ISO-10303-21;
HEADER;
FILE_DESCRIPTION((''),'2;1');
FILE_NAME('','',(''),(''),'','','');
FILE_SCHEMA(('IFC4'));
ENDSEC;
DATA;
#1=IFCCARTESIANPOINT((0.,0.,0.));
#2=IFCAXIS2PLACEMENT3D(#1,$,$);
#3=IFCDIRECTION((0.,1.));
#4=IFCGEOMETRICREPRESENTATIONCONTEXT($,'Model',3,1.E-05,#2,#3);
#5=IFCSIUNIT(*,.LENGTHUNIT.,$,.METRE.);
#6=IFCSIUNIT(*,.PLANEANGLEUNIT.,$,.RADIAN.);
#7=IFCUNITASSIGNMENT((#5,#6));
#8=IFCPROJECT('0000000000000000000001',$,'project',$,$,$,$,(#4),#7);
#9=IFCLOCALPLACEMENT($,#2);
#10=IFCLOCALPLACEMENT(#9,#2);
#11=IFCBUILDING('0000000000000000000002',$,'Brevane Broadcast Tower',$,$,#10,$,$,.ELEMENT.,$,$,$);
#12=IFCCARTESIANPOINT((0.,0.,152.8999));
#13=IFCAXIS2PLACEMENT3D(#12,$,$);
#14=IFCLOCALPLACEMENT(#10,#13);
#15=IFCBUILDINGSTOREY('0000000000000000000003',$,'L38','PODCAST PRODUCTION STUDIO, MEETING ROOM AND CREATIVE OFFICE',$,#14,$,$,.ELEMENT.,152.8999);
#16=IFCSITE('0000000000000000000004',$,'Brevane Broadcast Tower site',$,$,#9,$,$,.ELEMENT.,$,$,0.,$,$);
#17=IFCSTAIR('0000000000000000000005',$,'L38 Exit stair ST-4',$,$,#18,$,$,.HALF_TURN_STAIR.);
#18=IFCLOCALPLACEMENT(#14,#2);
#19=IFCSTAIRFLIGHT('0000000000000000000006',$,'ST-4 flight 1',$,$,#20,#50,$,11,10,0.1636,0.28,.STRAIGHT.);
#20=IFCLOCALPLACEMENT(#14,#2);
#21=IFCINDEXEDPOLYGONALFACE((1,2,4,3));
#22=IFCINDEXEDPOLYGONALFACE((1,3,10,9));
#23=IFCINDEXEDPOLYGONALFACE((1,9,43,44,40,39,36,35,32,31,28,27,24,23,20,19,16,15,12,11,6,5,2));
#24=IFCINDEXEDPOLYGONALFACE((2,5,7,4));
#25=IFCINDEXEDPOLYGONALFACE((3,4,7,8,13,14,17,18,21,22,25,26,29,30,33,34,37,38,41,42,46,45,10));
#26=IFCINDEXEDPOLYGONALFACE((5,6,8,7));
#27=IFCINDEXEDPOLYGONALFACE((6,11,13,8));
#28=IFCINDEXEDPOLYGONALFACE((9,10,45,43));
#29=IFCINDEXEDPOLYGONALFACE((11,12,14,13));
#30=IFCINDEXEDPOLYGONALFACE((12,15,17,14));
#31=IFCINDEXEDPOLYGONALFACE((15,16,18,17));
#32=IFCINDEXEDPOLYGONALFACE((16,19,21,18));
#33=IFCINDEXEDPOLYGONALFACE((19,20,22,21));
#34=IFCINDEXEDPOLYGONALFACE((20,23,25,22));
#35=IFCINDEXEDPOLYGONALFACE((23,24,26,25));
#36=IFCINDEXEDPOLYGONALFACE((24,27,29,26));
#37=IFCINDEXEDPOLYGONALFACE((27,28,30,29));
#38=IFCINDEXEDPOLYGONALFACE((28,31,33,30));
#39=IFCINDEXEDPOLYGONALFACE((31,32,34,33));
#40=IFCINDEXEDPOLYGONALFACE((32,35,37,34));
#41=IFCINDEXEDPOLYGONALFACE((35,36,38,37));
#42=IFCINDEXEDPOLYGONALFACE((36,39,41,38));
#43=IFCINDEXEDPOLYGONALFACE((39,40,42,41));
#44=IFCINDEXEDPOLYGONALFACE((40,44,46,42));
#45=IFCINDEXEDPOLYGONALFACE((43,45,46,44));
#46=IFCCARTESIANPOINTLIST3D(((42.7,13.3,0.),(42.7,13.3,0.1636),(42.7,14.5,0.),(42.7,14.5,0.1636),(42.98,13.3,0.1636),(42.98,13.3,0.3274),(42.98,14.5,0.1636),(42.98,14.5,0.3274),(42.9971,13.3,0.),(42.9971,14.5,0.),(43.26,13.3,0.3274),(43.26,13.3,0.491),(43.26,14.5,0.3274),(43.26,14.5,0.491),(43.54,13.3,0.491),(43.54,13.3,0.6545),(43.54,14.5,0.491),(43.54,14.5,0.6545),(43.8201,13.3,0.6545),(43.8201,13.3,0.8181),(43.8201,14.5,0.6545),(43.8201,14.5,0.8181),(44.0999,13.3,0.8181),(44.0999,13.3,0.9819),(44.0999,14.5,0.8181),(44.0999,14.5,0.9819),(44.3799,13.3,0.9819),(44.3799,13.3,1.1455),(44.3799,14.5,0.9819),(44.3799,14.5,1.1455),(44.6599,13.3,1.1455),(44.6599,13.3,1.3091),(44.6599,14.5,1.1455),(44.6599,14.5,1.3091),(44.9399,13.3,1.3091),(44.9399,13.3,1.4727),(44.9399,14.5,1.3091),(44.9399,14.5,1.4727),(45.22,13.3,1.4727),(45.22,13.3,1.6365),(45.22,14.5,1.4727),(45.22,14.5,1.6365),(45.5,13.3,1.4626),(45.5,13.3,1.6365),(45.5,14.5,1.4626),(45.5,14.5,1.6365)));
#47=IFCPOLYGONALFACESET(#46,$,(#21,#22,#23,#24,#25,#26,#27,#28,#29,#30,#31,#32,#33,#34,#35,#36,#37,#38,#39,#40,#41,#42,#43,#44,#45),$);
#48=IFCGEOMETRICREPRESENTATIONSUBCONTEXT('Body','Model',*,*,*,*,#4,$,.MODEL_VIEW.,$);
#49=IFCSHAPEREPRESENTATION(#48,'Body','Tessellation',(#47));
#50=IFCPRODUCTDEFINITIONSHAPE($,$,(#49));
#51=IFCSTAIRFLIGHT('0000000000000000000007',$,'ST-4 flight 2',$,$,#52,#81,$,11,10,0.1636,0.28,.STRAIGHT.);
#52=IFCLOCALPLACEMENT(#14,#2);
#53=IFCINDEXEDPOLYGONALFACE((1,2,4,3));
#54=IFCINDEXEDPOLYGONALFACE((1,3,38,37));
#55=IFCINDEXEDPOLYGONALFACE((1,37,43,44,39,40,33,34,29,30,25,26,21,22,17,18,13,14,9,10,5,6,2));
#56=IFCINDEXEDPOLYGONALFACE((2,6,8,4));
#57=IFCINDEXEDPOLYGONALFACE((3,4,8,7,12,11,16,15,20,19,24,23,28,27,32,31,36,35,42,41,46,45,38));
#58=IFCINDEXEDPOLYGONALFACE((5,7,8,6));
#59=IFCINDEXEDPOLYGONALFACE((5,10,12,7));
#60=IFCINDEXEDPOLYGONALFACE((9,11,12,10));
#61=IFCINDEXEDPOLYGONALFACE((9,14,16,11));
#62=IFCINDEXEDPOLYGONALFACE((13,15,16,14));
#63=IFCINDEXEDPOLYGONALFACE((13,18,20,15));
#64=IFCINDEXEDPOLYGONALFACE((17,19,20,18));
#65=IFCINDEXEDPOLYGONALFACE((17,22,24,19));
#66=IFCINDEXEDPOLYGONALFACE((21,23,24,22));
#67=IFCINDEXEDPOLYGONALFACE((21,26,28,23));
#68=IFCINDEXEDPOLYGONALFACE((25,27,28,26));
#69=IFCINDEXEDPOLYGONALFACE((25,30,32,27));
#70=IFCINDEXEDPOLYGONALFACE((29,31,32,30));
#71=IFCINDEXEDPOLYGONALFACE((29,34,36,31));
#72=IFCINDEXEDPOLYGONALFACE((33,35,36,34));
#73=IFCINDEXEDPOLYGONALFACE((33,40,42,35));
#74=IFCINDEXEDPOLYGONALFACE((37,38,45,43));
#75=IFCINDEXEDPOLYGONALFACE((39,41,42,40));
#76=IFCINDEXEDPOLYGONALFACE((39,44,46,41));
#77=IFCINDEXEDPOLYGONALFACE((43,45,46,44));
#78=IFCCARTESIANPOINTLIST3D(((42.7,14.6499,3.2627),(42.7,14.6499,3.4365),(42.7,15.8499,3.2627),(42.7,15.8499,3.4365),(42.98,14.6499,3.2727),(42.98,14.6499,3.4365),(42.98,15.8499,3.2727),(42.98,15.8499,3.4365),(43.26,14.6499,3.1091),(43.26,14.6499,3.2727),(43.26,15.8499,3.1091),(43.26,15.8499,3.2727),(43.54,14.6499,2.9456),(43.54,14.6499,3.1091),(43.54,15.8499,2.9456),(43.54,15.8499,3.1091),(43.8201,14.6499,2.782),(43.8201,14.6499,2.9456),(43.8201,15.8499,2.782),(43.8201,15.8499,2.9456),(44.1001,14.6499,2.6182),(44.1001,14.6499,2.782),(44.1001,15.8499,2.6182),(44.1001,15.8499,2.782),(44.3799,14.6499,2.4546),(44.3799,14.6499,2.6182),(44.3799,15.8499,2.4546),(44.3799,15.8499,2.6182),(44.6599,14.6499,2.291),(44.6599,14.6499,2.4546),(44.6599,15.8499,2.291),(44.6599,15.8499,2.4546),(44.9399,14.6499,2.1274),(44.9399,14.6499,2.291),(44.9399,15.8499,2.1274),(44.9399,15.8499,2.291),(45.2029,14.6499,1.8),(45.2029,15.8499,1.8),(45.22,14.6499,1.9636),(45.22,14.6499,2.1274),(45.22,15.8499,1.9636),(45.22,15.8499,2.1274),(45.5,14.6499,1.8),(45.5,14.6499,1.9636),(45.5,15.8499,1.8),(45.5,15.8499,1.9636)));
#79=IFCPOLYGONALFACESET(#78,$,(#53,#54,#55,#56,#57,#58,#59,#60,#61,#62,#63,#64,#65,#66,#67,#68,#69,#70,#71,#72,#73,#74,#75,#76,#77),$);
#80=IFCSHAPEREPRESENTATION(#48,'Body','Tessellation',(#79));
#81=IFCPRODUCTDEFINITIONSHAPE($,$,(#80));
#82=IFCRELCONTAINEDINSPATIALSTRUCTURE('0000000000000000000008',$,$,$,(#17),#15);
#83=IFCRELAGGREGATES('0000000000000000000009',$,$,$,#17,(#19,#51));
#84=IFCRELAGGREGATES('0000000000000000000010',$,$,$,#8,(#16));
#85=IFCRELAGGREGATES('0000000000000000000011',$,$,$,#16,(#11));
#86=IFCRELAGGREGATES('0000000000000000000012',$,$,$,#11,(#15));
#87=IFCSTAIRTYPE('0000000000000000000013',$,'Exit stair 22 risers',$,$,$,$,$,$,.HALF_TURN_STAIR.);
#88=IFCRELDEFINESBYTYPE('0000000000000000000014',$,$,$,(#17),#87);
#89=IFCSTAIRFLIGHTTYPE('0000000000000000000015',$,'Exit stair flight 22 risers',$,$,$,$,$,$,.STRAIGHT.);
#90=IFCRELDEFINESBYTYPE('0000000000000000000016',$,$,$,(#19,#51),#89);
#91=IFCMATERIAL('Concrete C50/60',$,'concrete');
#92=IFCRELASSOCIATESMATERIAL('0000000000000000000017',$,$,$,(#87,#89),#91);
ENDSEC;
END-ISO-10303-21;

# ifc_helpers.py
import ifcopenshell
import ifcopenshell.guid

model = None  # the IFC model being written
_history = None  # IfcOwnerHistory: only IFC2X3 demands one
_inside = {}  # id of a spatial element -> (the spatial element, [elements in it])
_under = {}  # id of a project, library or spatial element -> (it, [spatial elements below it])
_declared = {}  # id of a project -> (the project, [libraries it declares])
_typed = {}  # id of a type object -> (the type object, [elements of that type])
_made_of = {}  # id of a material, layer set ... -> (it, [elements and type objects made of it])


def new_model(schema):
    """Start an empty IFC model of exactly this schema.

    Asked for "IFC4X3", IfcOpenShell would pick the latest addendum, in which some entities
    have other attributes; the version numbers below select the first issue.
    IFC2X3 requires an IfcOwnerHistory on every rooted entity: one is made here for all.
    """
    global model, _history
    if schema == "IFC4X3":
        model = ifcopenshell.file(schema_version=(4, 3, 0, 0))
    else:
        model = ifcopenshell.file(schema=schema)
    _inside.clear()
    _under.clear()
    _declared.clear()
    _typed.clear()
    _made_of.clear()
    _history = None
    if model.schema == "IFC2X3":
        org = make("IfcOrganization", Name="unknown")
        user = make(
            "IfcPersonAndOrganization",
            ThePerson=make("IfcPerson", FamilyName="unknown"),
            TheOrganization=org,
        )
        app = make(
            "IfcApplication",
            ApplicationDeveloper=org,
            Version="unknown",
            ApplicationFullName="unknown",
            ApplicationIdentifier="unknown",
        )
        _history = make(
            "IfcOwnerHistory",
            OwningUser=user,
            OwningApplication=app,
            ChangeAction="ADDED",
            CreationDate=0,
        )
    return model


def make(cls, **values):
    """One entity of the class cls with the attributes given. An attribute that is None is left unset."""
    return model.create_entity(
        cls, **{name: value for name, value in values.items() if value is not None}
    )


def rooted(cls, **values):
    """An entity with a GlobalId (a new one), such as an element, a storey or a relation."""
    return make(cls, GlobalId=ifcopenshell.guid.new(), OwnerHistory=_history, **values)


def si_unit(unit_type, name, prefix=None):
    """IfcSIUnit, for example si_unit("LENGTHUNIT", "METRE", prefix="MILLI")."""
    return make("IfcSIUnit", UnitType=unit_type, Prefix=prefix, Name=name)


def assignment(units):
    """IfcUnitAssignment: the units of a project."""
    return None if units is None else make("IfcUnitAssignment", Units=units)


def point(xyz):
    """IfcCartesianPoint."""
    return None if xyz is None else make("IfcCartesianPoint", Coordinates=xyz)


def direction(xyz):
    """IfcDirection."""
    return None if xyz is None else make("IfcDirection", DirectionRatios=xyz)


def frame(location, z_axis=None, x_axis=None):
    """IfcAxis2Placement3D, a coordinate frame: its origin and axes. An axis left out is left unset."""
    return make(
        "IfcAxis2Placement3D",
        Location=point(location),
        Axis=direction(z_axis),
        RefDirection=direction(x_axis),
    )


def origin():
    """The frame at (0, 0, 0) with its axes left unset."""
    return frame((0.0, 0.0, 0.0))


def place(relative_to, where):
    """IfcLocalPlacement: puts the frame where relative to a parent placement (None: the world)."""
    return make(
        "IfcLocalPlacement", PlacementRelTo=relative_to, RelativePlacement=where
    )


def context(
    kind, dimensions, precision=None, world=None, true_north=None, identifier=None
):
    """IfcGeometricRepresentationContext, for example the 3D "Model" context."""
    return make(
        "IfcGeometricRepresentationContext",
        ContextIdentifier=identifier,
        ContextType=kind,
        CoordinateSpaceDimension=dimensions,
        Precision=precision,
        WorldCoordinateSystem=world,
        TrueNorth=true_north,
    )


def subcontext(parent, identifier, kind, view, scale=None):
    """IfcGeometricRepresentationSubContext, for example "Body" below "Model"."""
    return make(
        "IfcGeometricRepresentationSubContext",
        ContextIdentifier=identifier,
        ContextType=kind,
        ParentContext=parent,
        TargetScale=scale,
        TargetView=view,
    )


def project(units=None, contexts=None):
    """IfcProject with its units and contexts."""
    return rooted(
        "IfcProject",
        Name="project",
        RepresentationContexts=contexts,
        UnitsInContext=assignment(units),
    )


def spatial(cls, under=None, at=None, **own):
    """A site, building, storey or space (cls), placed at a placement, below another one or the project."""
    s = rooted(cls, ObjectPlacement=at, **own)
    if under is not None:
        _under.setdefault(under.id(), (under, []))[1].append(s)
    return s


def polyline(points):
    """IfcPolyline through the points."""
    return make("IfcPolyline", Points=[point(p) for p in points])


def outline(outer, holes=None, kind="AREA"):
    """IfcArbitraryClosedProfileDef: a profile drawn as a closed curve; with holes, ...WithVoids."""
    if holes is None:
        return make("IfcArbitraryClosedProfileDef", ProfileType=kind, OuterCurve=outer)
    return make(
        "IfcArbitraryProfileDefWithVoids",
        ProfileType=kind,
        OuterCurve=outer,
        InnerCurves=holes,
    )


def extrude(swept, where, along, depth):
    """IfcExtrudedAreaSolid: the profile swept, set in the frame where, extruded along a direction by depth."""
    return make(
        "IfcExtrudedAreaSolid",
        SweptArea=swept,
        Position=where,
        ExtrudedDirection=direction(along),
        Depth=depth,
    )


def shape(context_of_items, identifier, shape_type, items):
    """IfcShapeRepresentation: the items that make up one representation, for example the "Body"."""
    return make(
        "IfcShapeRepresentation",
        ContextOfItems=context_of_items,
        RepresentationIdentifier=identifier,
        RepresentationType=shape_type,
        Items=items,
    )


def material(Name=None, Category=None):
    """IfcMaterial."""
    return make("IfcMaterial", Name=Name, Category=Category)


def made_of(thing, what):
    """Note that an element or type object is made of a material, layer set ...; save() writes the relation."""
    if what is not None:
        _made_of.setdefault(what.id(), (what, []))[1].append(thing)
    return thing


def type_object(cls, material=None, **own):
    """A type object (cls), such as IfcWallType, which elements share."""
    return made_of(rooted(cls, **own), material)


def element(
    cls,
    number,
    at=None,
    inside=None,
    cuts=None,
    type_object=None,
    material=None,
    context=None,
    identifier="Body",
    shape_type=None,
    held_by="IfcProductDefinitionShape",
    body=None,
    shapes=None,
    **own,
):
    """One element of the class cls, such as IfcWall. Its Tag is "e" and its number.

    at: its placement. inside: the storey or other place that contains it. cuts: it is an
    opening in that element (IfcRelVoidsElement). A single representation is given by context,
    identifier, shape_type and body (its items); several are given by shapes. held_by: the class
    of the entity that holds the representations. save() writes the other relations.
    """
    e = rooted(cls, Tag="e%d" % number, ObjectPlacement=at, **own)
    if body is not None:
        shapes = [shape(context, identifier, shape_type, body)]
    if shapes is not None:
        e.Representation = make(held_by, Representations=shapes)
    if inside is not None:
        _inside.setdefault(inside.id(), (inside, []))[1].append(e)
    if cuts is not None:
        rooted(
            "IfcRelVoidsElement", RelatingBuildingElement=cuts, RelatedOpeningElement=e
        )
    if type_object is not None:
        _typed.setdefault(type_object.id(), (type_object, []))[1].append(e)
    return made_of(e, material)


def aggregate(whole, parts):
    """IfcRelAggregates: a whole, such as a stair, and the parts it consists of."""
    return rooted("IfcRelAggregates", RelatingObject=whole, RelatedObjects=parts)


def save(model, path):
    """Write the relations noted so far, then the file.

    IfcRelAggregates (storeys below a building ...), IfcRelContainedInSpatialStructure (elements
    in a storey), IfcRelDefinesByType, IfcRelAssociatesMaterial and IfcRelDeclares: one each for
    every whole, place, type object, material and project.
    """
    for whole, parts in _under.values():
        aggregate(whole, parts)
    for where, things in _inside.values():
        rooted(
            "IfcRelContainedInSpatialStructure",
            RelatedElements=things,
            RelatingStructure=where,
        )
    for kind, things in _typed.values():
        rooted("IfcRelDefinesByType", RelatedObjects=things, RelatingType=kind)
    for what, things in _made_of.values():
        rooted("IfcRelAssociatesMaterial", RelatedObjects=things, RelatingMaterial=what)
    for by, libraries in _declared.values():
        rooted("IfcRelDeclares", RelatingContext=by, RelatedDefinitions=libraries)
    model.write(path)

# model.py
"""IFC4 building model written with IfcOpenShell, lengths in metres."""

from ifc_helpers import new_model, si_unit, direction, frame, origin, place, context, subcontext, project, spatial, polyline, outline, extrude, material, type_object, element, aggregate, save


model = new_model("IFC4")

# Units and contexts
model_context = context("Model", 3, precision=1e-05, world=origin(), true_north=direction((0.0, 1.0)))
body_context = subcontext(model_context, "Body", "Model", "MODEL_VIEW")
ifc_project = project(units=[si_unit("LENGTHUNIT", "METRE"), si_unit("PLANEANGLEUNIT", "RADIAN")], contexts=[model_context])

# Site, building, storey
site_placement = place(None, origin())
site = spatial("IfcSite", under=ifc_project, at=site_placement, Name="Brevane Broadcast Tower site", CompositionType="ELEMENT", RefElevation=0.0)
building_placement = place(site_placement, origin())
building = spatial("IfcBuilding", under=site, at=building_placement, Name="Brevane Broadcast Tower", CompositionType="ELEMENT")
storey_placement = place(building_placement, frame((0.0, 0.0, 152.8999)))
storey = spatial("IfcBuildingStorey", under=building, at=storey_placement, Name="L38", Description="PODCAST PRODUCTION STUDIO, MEETING ROOM AND CREATIVE OFFICE", CompositionType="ELEMENT", Elevation=152.8999)

# Stair, stair flights
ifc_material_1 = material(Name="Concrete C50/60", Category="concrete")
stair_type = type_object("IfcStairType", Name="Exit stair 22 risers", PredefinedType="HALF_TURN_STAIR", material=ifc_material_1)
stair_placement = place(storey_placement, origin())
stair = element("IfcStair", 1, at=stair_placement, inside=storey, type_object=stair_type, Name="L38 Exit stair ST-4", PredefinedType="HALF_TURN_STAIR")
stair_flight_type = type_object("IfcStairFlightType", Name="Exit stair flight 22 risers", PredefinedType="STRAIGHT", material=ifc_material_1)
stair_flight_1_placement = place(storey_placement, frame((42.7, 13.8999, 0.0), z_axis=(0.0, 0.0, 1.0), x_axis=(1.0, 0.0, 0.0)))
stair_flight_1 = element("IfcStairFlight", 2, at=stair_flight_1_placement, type_object=stair_flight_type, Name="ST-4 flight 1", NumberOfRisers=11, NumberOfTreads=10, PredefinedType="STRAIGHT", RiserHeight=0.1636, TreadLength=0.28, context=body_context, shape_type="SweptSolid", body=[
    extrude(outline(polyline([(0.0, 0.0), (0.0, 0.1636), (0.28, 0.1636), (0.28, 0.3274), (0.5601, 0.3274), (0.5601, 0.491), (0.8401, 0.491), (0.8401, 0.6545), (1.1201, 0.6545), (1.1201, 0.8181), (1.3999, 0.8181), (1.3999, 0.9819), (1.6799, 0.9819), (1.6799, 1.1455), (1.96, 1.1455), (1.96, 1.3091), (2.24, 1.3091), (2.24, 1.4727), (2.52, 1.4727), (2.52, 1.6365), (2.8, 1.6365), (2.8, 1.8), (2.8, 1.4626), (0.2971, 0.0), (0.0, 0.0)])), frame((0.0, 0.6001, 0.0), z_axis=(0.0, -1.0, 0.0), x_axis=(1.0, 0.0, 0.0)), (0.0, 0.0, 1.0), 1.2),
])
stair_flight_2_placement = place(storey_placement, frame((45.5, 15.25, 1.8), z_axis=(0.0, 0.0, 1.0), x_axis=(-1.0, 0.0, 0.0)))
stair_flight_2 = element("IfcStairFlight", 3, at=stair_flight_2_placement, type_object=stair_flight_type, Name="ST-4 flight 2", NumberOfRisers=11, NumberOfTreads=10, PredefinedType="STRAIGHT", RiserHeight=0.1636, TreadLength=0.28, context=body_context, shape_type="SweptSolid", body=[
    extrude(outline(polyline([(0.0, 0.0), (0.0, 0.1636), (0.28, 0.1636), (0.28, 0.3274), (0.5601, 0.3274), (0.5601, 0.491), (0.8401, 0.491), (0.8401, 0.6545), (1.1201, 0.6545), (1.1201, 0.8181), (1.3999, 0.8181), (1.3999, 0.9819), (1.6799, 0.9819), (1.6799, 1.1455), (1.96, 1.1455), (1.96, 1.3091), (2.24, 1.3091), (2.24, 1.4727), (2.52, 1.4727), (2.52, 1.6365), (2.8, 1.6365), (2.8, 1.8), (2.8, 1.4626), (0.2971, 0.0), (0.0, 0.0)])), frame((0.0, 0.6001, 0.0), z_axis=(0.0, -1.0, 0.0), x_axis=(1.0, 0.0, 0.0)), (0.0, 0.0, 1.0), 1.2),
])
aggregate(stair, [stair_flight_1, stair_flight_2])

save(model, "model.ifc")
